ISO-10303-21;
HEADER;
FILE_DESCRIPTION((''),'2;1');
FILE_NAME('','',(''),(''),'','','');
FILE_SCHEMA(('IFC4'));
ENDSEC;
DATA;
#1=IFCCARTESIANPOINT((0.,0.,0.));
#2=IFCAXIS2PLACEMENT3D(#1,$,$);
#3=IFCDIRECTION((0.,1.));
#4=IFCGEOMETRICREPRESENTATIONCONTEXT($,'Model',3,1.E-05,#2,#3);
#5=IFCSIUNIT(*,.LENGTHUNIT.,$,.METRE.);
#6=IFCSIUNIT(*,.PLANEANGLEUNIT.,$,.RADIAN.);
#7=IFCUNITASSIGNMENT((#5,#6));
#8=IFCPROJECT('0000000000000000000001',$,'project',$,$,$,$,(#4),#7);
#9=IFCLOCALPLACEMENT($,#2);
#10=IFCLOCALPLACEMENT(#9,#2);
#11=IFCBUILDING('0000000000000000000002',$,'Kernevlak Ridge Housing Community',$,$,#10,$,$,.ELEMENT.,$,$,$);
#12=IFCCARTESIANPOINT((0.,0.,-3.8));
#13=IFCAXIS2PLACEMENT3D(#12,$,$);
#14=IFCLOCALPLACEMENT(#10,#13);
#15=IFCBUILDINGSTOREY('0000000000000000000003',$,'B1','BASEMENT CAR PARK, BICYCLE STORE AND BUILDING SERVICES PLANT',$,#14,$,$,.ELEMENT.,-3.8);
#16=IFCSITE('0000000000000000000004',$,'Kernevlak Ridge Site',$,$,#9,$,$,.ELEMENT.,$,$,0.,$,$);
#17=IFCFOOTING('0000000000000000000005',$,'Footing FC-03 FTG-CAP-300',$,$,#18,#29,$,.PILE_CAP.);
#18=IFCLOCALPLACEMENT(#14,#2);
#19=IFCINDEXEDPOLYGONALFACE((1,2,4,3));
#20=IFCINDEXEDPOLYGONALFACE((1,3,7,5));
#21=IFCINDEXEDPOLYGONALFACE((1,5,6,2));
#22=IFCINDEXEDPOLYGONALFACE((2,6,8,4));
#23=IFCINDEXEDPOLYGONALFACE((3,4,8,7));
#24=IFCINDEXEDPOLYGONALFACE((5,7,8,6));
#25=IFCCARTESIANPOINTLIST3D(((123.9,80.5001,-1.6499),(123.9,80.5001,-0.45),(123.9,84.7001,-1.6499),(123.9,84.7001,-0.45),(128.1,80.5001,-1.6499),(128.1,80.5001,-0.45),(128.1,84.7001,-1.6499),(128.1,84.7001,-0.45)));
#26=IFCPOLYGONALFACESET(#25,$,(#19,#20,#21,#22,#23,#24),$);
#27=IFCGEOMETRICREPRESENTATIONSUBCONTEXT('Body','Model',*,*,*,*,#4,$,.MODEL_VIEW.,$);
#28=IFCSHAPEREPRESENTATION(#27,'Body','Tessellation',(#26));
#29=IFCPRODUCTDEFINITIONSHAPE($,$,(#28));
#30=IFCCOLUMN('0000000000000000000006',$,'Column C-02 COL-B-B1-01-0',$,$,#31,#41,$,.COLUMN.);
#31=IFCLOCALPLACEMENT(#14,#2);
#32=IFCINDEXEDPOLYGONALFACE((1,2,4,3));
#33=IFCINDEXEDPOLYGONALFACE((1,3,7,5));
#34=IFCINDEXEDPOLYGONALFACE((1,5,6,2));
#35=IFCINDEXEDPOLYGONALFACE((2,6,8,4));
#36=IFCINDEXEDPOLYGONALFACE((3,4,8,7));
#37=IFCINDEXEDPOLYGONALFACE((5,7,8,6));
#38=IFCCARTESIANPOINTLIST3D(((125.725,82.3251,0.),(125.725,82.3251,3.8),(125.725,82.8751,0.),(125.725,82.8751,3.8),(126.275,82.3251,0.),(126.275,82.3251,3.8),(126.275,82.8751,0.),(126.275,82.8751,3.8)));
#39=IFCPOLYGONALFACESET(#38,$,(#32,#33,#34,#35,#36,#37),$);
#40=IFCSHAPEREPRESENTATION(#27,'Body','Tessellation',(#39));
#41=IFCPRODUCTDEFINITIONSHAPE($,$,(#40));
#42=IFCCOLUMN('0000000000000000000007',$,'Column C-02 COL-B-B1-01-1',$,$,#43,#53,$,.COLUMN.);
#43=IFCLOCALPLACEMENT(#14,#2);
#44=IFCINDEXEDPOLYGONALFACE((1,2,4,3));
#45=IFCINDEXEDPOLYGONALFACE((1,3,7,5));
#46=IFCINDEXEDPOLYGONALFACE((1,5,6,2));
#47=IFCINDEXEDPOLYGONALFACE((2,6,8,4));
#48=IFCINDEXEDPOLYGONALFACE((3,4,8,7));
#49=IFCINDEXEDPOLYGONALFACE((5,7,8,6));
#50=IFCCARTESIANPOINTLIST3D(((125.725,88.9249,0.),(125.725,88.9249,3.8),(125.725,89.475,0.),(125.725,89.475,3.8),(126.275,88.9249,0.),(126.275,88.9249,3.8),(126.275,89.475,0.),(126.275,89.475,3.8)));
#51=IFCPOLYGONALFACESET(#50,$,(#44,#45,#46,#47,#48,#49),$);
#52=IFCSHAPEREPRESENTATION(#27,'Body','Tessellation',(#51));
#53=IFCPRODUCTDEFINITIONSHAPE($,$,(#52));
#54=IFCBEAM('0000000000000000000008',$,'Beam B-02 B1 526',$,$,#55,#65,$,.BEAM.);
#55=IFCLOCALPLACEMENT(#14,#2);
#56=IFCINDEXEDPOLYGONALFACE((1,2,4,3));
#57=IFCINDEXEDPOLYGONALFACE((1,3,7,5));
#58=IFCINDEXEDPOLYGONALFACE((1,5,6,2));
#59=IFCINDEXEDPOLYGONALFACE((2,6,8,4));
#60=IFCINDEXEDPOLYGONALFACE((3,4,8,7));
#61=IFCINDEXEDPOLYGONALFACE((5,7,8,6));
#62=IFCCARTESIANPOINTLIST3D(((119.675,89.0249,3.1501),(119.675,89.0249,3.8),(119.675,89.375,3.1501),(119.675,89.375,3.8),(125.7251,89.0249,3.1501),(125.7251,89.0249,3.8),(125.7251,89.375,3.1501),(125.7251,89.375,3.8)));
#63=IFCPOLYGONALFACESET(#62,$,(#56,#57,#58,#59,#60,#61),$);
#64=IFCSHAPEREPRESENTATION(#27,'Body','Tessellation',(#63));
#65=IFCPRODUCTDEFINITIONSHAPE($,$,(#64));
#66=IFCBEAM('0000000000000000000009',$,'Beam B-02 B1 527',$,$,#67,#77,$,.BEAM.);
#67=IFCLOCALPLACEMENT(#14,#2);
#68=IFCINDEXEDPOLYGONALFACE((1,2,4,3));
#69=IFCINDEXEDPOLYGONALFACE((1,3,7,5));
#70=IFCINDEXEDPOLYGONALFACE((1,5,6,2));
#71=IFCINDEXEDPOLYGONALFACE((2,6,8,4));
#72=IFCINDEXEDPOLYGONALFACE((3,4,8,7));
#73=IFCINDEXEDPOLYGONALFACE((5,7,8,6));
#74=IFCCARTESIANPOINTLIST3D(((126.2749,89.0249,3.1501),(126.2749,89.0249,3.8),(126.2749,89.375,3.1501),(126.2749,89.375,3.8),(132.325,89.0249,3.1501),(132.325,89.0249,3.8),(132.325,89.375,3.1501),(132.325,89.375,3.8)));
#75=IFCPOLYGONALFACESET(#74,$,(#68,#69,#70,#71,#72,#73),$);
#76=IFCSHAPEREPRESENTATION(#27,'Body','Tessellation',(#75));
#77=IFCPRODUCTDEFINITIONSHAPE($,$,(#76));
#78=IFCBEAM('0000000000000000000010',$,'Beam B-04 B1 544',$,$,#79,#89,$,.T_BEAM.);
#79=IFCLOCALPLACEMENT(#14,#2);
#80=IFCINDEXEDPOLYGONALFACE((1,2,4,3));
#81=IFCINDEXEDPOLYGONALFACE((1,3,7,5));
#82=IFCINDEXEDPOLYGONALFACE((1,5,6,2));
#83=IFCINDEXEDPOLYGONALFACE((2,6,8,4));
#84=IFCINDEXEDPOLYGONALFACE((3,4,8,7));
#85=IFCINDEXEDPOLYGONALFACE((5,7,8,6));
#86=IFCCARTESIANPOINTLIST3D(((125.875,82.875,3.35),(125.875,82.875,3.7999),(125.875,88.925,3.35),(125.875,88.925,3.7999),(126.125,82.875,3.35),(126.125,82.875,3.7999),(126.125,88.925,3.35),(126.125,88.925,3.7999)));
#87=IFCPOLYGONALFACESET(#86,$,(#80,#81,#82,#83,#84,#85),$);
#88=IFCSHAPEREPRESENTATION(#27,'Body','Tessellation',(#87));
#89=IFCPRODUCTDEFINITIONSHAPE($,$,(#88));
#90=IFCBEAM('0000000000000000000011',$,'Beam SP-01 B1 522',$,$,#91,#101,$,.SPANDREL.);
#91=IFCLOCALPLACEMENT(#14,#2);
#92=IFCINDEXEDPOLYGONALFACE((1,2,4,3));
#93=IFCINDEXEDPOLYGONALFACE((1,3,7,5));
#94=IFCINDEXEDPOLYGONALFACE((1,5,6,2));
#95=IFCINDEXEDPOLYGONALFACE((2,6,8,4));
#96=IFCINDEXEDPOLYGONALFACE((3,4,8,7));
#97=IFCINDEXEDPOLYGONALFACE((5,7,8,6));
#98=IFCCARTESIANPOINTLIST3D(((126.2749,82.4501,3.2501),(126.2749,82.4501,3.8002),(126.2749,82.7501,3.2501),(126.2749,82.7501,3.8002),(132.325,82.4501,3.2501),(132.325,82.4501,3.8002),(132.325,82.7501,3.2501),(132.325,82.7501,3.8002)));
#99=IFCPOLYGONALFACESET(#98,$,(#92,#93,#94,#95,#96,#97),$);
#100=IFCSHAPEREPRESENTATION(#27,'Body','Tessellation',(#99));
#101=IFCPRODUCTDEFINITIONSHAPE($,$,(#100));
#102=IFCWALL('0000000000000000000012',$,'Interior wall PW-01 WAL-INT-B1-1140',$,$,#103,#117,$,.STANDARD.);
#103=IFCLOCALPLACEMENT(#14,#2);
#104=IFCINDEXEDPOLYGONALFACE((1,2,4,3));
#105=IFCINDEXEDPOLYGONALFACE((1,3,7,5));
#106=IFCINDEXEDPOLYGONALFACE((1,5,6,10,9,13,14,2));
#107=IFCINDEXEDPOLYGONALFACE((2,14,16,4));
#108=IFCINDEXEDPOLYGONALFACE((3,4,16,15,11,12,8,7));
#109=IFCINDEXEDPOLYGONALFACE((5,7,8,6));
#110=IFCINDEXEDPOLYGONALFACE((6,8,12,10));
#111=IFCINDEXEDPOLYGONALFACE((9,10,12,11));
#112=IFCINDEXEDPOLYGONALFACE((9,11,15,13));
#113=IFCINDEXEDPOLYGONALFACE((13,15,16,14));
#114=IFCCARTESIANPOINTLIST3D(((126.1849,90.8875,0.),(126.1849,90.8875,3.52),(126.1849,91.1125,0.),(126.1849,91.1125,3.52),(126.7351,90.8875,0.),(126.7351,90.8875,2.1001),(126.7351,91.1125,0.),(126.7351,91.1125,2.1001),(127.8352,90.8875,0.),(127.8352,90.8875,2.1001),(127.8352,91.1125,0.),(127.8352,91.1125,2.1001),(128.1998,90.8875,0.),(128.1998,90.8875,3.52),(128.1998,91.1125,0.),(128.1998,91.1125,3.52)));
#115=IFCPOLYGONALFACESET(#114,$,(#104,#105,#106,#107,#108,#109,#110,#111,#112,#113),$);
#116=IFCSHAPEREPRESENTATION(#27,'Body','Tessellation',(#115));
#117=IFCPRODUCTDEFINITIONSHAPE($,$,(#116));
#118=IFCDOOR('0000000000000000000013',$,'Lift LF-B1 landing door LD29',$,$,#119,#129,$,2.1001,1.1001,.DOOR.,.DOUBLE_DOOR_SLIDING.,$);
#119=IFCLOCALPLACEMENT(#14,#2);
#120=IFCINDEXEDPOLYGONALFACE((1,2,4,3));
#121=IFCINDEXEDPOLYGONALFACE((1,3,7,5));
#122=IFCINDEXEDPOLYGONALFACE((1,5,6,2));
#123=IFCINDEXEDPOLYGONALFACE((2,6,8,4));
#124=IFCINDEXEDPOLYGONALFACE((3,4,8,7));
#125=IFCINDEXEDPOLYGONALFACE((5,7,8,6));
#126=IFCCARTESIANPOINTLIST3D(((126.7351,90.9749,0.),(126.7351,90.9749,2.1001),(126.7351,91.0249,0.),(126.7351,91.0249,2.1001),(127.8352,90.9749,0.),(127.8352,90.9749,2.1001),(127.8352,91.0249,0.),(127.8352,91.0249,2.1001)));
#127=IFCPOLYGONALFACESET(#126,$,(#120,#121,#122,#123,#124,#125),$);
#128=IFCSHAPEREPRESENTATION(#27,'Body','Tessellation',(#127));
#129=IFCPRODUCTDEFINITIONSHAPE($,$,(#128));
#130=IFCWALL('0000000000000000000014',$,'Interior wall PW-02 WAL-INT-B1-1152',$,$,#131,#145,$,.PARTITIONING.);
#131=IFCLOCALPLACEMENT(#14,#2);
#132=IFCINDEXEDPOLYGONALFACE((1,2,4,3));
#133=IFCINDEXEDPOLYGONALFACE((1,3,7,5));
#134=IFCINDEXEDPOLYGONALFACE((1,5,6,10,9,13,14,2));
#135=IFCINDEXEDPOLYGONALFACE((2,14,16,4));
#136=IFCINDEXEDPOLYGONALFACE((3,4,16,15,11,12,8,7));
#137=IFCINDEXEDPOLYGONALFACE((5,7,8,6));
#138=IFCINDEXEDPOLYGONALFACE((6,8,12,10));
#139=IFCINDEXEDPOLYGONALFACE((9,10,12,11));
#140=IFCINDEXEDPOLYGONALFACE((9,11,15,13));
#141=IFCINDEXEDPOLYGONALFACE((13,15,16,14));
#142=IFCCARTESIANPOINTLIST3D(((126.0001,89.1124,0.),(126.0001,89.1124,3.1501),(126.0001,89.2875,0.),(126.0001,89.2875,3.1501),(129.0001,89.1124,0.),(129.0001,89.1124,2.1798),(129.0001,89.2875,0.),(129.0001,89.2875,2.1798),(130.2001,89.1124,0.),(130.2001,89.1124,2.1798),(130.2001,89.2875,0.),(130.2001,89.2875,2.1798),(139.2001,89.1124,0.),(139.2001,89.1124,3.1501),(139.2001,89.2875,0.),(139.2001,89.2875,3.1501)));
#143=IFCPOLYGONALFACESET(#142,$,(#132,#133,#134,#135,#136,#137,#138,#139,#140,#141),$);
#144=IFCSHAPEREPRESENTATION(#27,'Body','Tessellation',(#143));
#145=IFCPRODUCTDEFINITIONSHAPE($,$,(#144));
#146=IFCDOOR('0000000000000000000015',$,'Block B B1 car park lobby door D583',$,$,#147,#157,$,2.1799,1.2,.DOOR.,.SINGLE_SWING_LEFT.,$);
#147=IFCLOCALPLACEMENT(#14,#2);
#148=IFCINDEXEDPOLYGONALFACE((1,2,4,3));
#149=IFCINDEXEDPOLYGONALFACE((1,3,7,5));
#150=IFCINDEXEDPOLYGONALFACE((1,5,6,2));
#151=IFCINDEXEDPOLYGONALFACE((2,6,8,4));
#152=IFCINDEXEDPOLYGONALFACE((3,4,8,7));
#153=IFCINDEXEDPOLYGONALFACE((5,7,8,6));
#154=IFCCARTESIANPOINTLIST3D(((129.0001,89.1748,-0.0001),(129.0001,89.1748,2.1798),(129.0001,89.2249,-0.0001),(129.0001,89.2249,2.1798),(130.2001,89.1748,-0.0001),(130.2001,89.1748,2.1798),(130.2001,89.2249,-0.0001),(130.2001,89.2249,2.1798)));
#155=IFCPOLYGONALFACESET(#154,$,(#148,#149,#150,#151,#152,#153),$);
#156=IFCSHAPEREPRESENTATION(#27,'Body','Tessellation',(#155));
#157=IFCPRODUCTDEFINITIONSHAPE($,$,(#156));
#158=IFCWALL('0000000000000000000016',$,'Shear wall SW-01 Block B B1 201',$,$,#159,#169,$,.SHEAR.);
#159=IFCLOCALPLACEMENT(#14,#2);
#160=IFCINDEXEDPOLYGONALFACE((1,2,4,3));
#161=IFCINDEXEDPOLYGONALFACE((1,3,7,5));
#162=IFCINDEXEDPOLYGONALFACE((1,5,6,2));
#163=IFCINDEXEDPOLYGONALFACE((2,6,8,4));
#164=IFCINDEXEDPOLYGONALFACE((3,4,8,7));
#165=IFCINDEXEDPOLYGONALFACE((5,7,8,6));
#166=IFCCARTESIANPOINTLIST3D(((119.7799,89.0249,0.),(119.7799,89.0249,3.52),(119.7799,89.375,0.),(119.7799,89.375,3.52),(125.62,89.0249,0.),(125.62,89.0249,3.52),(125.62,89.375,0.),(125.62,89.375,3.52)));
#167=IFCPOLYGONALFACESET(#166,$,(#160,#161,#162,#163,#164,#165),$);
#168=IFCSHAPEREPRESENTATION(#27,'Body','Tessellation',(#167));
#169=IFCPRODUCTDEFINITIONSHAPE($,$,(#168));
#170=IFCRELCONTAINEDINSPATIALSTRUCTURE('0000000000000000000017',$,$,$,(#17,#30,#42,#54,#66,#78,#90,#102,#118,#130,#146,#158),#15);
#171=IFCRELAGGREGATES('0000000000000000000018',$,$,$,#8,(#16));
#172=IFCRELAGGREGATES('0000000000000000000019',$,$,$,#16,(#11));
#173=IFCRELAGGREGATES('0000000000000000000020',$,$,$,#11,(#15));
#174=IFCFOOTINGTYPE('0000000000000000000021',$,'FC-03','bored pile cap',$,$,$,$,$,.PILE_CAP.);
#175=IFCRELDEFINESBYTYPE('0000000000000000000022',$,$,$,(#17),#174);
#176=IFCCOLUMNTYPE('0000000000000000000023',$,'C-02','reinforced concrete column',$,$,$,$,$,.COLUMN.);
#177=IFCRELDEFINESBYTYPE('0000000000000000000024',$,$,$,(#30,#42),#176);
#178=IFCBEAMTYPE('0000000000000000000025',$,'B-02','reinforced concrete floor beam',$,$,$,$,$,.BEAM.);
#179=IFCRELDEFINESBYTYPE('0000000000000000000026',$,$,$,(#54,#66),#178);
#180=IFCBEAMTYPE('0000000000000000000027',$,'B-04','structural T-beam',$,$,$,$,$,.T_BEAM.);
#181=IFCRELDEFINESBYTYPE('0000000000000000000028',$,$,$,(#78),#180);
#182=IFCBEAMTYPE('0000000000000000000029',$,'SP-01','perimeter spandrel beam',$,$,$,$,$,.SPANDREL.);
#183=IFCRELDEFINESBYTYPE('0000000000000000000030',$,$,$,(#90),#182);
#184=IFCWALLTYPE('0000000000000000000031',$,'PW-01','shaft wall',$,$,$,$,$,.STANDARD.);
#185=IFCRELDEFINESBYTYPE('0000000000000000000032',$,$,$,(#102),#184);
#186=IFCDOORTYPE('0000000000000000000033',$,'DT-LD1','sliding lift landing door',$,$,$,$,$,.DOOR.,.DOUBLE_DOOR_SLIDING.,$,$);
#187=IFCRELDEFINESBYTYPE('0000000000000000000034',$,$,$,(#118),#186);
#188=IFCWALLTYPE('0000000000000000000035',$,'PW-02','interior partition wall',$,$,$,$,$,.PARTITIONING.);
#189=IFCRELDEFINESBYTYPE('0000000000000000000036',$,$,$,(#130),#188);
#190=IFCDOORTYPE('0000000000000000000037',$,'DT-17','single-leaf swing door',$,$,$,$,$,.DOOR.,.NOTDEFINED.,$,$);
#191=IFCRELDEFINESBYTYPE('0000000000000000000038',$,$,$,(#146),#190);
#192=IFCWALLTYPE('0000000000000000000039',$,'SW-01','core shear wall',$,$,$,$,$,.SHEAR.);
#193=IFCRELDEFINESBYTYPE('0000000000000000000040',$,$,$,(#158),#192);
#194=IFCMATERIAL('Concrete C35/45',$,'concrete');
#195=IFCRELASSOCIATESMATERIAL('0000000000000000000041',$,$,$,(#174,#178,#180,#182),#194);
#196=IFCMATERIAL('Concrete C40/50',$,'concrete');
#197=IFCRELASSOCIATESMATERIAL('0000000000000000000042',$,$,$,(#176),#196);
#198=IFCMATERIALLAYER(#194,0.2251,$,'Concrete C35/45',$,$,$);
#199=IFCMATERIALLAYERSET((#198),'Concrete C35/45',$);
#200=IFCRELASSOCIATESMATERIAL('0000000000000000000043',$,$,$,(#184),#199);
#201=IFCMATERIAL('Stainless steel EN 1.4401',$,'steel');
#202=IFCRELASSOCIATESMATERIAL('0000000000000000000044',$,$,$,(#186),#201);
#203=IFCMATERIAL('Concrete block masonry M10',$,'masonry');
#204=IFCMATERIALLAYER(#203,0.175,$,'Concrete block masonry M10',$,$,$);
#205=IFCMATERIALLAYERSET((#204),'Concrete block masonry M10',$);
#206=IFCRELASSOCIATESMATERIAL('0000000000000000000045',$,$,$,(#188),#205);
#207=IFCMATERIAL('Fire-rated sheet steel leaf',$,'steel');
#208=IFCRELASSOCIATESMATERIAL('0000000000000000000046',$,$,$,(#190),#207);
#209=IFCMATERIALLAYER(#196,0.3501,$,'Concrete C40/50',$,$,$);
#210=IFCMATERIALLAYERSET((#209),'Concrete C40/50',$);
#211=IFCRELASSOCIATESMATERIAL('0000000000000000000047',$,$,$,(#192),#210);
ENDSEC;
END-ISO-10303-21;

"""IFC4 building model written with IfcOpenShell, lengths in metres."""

from ifc_helpers import new_model, si_unit, direction, frame, frame_2d, origin, origin_2d, place, context, subcontext, project, spatial, rectangle, extrude, material, layer, layer_set, material_profile, profile_set, type_object, element, fill, save


model = new_model("IFC4")

# Units and contexts
model_context = context("Model", 3, precision=1e-05, world=origin(), true_north=direction((0.0, 1.0)))
body_context = subcontext(model_context, "Body", "Model", "MODEL_VIEW")
ifc_project = project(units=[si_unit("LENGTHUNIT", "METRE"), si_unit("PLANEANGLEUNIT", "RADIAN")], contexts=[model_context])

# Site, building, storey
site_placement = place(None, origin())
site = spatial("IfcSite", under=ifc_project, at=site_placement, Name="Kernevlak Ridge Site", CompositionType="ELEMENT", RefElevation=0.0)
building_placement = place(site_placement, origin())
building = spatial("IfcBuilding", under=site, at=building_placement, Name="Kernevlak Ridge Housing Community", CompositionType="ELEMENT")
storey_placement = place(building_placement, frame((0.0, 0.0, -3.8)))
storey = spatial("IfcBuildingStorey", under=building, at=storey_placement, Name="B1", Description="BASEMENT CAR PARK, BICYCLE STORE AND BUILDING SERVICES PLANT", CompositionType="ELEMENT", Elevation=-3.8)

# Shared definitions
ifc_material_1 = material(Name="Concrete C35/45", Category="concrete")

# Footing
footing_type_1 = type_object("IfcFootingType", Name="FC-03", Description="bored pile cap", PredefinedType="PILE_CAP", material=ifc_material_1)
footing_1_placement = place(storey_placement, frame((126.0, 82.6001, -1.6499), z_axis=(0.0, 0.0, 1.0), x_axis=(1.0, 0.0, 0.0)))
element("IfcFooting", 1, at=footing_1_placement, inside=storey, type_object=footing_type_1, Name="Footing FC-03 FTG-CAP-300", PredefinedType="PILE_CAP", context=body_context, shape_type="SweptSolid", body=[
    extrude(rectangle(XDim=4.2, YDim=4.2, at=origin_2d()), origin(), (0.0, 0.0, 1.0), 1.2),
])

# Columns
ifc_material_2 = material(Name="Concrete C40/50", Category="concrete")
ifc_material_profile_1 = material_profile(ifc_material_2, rectangle(XDim=0.55, YDim=0.55, at=origin_2d()), Name="RC 550x550")
ifc_profile_set_1 = profile_set([ifc_material_profile_1], Name="Concrete C40/50")
column_type = type_object("IfcColumnType", Name="C-02", Description="reinforced concrete column", PredefinedType="COLUMN", material=ifc_profile_set_1)
for number, where, z_axis, x_axis, name in (
    (2, (126.0, 82.6001, 0.0), (0.0, 0.0, 1.0), (1.0, 0.0, 0.0), "Column C-02 COL-B-B1-01-0"),
    (3, (126.0, 89.2, 0.0), (0.0, 0.0, 1.0), (1.0, 0.0, 0.0), "Column C-02 COL-B-B1-01-1"),
):
    element("IfcColumn", number, at=place(storey_placement, frame(where, z_axis=z_axis, x_axis=x_axis)), inside=storey, type_object=column_type, Name=name, PredefinedType="COLUMN", context=body_context, shape_type="SweptSolid", body=[
        extrude(rectangle(XDim=0.55, YDim=0.55, at=origin_2d()), origin(), (0.0, 0.0, 1.0), 3.8),
    ])

# Beams
ifc_material_profile_2 = material_profile(ifc_material_1, rectangle(XDim=0.3501, YDim=0.6499, at=origin_2d()), Name="RC 350x650")
ifc_profile_set_2 = profile_set([ifc_material_profile_2], Name="Concrete C35/45")
beam_type_1 = type_object("IfcBeamType", Name="B-02", Description="reinforced concrete floor beam", PredefinedType="BEAM", material=ifc_profile_set_2)
for number, where, z_axis, x_axis, name in (
    (4, (119.675, 89.2, 3.4751), (1.0, 0.0, 0.0), (0.0, 1.0, 0.0), "Beam B-02 B1 526"),
    (5, (126.2749, 89.2, 3.4751), (1.0, 0.0, 0.0), (0.0, 1.0, 0.0), "Beam B-02 B1 527"),
):
    element("IfcBeam", number, at=place(storey_placement, frame(where, z_axis=z_axis, x_axis=x_axis)), inside=storey, type_object=beam_type_1, Name=name, PredefinedType="BEAM", context=body_context, shape_type="SweptSolid", body=[
        extrude(rectangle(XDim=0.3501, YDim=0.6499, at=origin_2d()), origin(), (0.0, 0.0, 1.0), 6.05),
    ])
ifc_material_profile_3 = material_profile(ifc_material_1, rectangle(XDim=0.25, YDim=0.45, at=origin_2d()), Name="RC 250x450")
ifc_profile_set_3 = profile_set([ifc_material_profile_3], Name="Concrete C35/45")
beam_type_2 = type_object("IfcBeamType", Name="B-04", Description="structural T-beam", PredefinedType="T_BEAM", material=ifc_profile_set_3)
beam_1_placement = place(storey_placement, frame((126.0, 82.875, 3.575), z_axis=(0.0, 1.0, 0.0), x_axis=(-1.0, 0.0, 0.0)))
element("IfcBeam", 6, at=beam_1_placement, inside=storey, type_object=beam_type_2, Name="Beam B-04 B1 544", PredefinedType="T_BEAM", context=body_context, shape_type="SweptSolid", body=[
    extrude(rectangle(XDim=0.25, YDim=0.45, at=origin_2d()), origin(), (0.0, 0.0, 1.0), 6.05),
])
ifc_material_profile_4 = material_profile(ifc_material_1, rectangle(XDim=0.3, YDim=0.55, at=origin_2d()), Name="RC 300x550")
ifc_profile_set_4 = profile_set([ifc_material_profile_4], Name="Concrete C35/45")
beam_type_3 = type_object("IfcBeamType", Name="SP-01", Description="perimeter spandrel beam", PredefinedType="SPANDREL", material=ifc_profile_set_4)
beam_2_placement = place(storey_placement, frame((126.2749, 82.6001, 3.5251), z_axis=(1.0, 0.0, 0.0), x_axis=(0.0, 1.0, 0.0)))
element("IfcBeam", 7, at=beam_2_placement, inside=storey, type_object=beam_type_3, Name="Beam SP-01 B1 522", PredefinedType="SPANDREL", context=body_context, shape_type="SweptSolid", body=[
    extrude(rectangle(XDim=0.3, YDim=0.55, at=origin_2d()), origin(), (0.0, 0.0, 1.0), 6.05),
])

# Walls, openings, doors
ifc_layer_1 = layer(ifc_material_1, 0.2251, Name="Concrete C35/45")
ifc_layer_set_1 = layer_set([ifc_layer_1], Name="Concrete C35/45")
wall_type_1 = type_object("IfcWallType", Name="PW-01", Description="shaft wall", PredefinedType="STANDARD", material=ifc_layer_set_1)
wall_1_placement = place(storey_placement, frame((126.1851, 91.0, 0.0), z_axis=(0.0, 0.0, 1.0), x_axis=(1.0, 0.0, 0.0)))
wall_1 = element("IfcWall", 8, at=wall_1_placement, inside=storey, type_object=wall_type_1, Name="Interior wall PW-01 WAL-INT-B1-1140", PredefinedType="STANDARD", context=body_context, shape_type="SweptSolid", body=[
    extrude(rectangle(XDim=2.0149, YDim=0.2251, at=frame_2d((1.0073, 0.0))), origin(), (0.0, 0.0, 1.0), 3.52),
])
opening_1_placement = place(wall_1_placement, frame((0.55, 0.0, 0.0)))
opening_1 = element("IfcOpeningElement", 9, at=opening_1_placement, cuts=wall_1, PredefinedType="OPENING", context=body_context, shape_type="SweptSolid", body=[
    extrude(rectangle(XDim=1.1001, YDim=2.1001, at=frame_2d((0.55, 1.05))), frame((0.0, 0.1226, 0.0), z_axis=(0.0, -1.0, 0.0), x_axis=(1.0, 0.0, 0.0)), (0.0, 0.0, 1.0), 0.2451),
])
ifc_material_3 = material(Name="Stainless steel EN 1.4401", Category="steel")
door_type_1 = type_object("IfcDoorType", Name="DT-LD1", Description="sliding lift landing door", OperationType="DOUBLE_DOOR_SLIDING", PredefinedType="DOOR", material=ifc_material_3)
door_1_placement = place(opening_1_placement, origin())
door_1 = element("IfcDoor", 10, at=door_1_placement, inside=storey, type_object=door_type_1, Name="Lift LF-B1 landing door LD29", OperationType="DOUBLE_DOOR_SLIDING", OverallHeight=2.1001, OverallWidth=1.1001, PredefinedType="DOOR", context=body_context, shape_type="SweptSolid", body=[
    extrude(rectangle(XDim=1.1001, YDim=2.1001, at=frame_2d((0.55, 1.05))), frame((0.0, 0.0249, 0.0), z_axis=(0.0, -1.0, 0.0), x_axis=(1.0, 0.0, 0.0)), (0.0, 0.0, 1.0), 0.05),
])
fill(opening_1, door_1)
ifc_material_4 = material(Name="Concrete block masonry M10", Category="masonry")
ifc_layer_2 = layer(ifc_material_4, 0.175, Name="Concrete block masonry M10")
ifc_layer_set_2 = layer_set([ifc_layer_2], Name="Concrete block masonry M10")
wall_type_2 = type_object("IfcWallType", Name="PW-02", Description="interior partition wall", PredefinedType="PARTITIONING", material=ifc_layer_set_2)
wall_2_placement = place(storey_placement, frame((126.0, 89.2, 0.0), z_axis=(0.0, 0.0, 1.0), x_axis=(1.0, 0.0, 0.0)))
wall_2 = element("IfcWall", 11, at=wall_2_placement, inside=storey, type_object=wall_type_2, Name="Interior wall PW-02 WAL-INT-B1-1152", PredefinedType="PARTITIONING", context=body_context, shape_type="SweptSolid", body=[
    extrude(rectangle(XDim=13.2, YDim=0.175, at=frame_2d((6.6001, 0.0))), origin(), (0.0, 0.0, 1.0), 3.1501),
])
opening_2_placement = place(wall_2_placement, frame((3.0, 0.0, 0.0)))
opening_2 = element("IfcOpeningElement", 12, at=opening_2_placement, cuts=wall_2, PredefinedType="OPENING", context=body_context, shape_type="SweptSolid", body=[
    extrude(rectangle(XDim=1.2, YDim=2.1799, at=frame_2d((0.6001, 1.0898))), frame((0.0, 0.0974, 0.0), z_axis=(0.0, -1.0, 0.0), x_axis=(1.0, 0.0, 0.0)), (0.0, 0.0, 1.0), 0.1951),
])
ifc_material_5 = material(Name="Fire-rated sheet steel leaf", Category="steel")
door_type_2 = type_object("IfcDoorType", Name="DT-17", Description="single-leaf swing door", OperationType="NOTDEFINED", PredefinedType="DOOR", material=ifc_material_5)
door_2_placement = place(opening_2_placement, origin())
door_2 = element("IfcDoor", 13, at=door_2_placement, inside=storey, type_object=door_type_2, Name="Block B B1 car park lobby door D583", OperationType="SINGLE_SWING_LEFT", OverallHeight=2.1799, OverallWidth=1.2, PredefinedType="DOOR", context=body_context, shape_type="SweptSolid", body=[
    extrude(rectangle(XDim=1.2, YDim=2.1799, at=frame_2d((0.6001, 1.0898))), frame((0.0, 0.0249, 0.0), z_axis=(0.0, -1.0, 0.0), x_axis=(1.0, 0.0, 0.0)), (0.0, 0.0, 1.0), 0.05),
])
fill(opening_2, door_2)

# Wall
ifc_layer_3 = layer(ifc_material_2, 0.3501, Name="Concrete C40/50")
ifc_layer_set_3 = layer_set([ifc_layer_3], Name="Concrete C40/50")
wall_type_3 = type_object("IfcWallType", Name="SW-01", Description="core shear wall", PredefinedType="SHEAR", material=ifc_layer_set_3)
wall_3_placement = place(storey_placement, frame((119.78, 89.2, 0.0), z_axis=(0.0, 0.0, 1.0), x_axis=(1.0, 0.0, 0.0)))
element("IfcWall", 14, at=wall_3_placement, inside=storey, type_object=wall_type_3, Name="Shear wall SW-01 Block B B1 201", PredefinedType="SHEAR", context=body_context, shape_type="SweptSolid", body=[
    extrude(rectangle(XDim=5.8401, YDim=0.3501, at=frame_2d((2.9199, 0.0))), origin(), (0.0, 0.0, 1.0), 3.52),
])

save(model, "model.ifc")
